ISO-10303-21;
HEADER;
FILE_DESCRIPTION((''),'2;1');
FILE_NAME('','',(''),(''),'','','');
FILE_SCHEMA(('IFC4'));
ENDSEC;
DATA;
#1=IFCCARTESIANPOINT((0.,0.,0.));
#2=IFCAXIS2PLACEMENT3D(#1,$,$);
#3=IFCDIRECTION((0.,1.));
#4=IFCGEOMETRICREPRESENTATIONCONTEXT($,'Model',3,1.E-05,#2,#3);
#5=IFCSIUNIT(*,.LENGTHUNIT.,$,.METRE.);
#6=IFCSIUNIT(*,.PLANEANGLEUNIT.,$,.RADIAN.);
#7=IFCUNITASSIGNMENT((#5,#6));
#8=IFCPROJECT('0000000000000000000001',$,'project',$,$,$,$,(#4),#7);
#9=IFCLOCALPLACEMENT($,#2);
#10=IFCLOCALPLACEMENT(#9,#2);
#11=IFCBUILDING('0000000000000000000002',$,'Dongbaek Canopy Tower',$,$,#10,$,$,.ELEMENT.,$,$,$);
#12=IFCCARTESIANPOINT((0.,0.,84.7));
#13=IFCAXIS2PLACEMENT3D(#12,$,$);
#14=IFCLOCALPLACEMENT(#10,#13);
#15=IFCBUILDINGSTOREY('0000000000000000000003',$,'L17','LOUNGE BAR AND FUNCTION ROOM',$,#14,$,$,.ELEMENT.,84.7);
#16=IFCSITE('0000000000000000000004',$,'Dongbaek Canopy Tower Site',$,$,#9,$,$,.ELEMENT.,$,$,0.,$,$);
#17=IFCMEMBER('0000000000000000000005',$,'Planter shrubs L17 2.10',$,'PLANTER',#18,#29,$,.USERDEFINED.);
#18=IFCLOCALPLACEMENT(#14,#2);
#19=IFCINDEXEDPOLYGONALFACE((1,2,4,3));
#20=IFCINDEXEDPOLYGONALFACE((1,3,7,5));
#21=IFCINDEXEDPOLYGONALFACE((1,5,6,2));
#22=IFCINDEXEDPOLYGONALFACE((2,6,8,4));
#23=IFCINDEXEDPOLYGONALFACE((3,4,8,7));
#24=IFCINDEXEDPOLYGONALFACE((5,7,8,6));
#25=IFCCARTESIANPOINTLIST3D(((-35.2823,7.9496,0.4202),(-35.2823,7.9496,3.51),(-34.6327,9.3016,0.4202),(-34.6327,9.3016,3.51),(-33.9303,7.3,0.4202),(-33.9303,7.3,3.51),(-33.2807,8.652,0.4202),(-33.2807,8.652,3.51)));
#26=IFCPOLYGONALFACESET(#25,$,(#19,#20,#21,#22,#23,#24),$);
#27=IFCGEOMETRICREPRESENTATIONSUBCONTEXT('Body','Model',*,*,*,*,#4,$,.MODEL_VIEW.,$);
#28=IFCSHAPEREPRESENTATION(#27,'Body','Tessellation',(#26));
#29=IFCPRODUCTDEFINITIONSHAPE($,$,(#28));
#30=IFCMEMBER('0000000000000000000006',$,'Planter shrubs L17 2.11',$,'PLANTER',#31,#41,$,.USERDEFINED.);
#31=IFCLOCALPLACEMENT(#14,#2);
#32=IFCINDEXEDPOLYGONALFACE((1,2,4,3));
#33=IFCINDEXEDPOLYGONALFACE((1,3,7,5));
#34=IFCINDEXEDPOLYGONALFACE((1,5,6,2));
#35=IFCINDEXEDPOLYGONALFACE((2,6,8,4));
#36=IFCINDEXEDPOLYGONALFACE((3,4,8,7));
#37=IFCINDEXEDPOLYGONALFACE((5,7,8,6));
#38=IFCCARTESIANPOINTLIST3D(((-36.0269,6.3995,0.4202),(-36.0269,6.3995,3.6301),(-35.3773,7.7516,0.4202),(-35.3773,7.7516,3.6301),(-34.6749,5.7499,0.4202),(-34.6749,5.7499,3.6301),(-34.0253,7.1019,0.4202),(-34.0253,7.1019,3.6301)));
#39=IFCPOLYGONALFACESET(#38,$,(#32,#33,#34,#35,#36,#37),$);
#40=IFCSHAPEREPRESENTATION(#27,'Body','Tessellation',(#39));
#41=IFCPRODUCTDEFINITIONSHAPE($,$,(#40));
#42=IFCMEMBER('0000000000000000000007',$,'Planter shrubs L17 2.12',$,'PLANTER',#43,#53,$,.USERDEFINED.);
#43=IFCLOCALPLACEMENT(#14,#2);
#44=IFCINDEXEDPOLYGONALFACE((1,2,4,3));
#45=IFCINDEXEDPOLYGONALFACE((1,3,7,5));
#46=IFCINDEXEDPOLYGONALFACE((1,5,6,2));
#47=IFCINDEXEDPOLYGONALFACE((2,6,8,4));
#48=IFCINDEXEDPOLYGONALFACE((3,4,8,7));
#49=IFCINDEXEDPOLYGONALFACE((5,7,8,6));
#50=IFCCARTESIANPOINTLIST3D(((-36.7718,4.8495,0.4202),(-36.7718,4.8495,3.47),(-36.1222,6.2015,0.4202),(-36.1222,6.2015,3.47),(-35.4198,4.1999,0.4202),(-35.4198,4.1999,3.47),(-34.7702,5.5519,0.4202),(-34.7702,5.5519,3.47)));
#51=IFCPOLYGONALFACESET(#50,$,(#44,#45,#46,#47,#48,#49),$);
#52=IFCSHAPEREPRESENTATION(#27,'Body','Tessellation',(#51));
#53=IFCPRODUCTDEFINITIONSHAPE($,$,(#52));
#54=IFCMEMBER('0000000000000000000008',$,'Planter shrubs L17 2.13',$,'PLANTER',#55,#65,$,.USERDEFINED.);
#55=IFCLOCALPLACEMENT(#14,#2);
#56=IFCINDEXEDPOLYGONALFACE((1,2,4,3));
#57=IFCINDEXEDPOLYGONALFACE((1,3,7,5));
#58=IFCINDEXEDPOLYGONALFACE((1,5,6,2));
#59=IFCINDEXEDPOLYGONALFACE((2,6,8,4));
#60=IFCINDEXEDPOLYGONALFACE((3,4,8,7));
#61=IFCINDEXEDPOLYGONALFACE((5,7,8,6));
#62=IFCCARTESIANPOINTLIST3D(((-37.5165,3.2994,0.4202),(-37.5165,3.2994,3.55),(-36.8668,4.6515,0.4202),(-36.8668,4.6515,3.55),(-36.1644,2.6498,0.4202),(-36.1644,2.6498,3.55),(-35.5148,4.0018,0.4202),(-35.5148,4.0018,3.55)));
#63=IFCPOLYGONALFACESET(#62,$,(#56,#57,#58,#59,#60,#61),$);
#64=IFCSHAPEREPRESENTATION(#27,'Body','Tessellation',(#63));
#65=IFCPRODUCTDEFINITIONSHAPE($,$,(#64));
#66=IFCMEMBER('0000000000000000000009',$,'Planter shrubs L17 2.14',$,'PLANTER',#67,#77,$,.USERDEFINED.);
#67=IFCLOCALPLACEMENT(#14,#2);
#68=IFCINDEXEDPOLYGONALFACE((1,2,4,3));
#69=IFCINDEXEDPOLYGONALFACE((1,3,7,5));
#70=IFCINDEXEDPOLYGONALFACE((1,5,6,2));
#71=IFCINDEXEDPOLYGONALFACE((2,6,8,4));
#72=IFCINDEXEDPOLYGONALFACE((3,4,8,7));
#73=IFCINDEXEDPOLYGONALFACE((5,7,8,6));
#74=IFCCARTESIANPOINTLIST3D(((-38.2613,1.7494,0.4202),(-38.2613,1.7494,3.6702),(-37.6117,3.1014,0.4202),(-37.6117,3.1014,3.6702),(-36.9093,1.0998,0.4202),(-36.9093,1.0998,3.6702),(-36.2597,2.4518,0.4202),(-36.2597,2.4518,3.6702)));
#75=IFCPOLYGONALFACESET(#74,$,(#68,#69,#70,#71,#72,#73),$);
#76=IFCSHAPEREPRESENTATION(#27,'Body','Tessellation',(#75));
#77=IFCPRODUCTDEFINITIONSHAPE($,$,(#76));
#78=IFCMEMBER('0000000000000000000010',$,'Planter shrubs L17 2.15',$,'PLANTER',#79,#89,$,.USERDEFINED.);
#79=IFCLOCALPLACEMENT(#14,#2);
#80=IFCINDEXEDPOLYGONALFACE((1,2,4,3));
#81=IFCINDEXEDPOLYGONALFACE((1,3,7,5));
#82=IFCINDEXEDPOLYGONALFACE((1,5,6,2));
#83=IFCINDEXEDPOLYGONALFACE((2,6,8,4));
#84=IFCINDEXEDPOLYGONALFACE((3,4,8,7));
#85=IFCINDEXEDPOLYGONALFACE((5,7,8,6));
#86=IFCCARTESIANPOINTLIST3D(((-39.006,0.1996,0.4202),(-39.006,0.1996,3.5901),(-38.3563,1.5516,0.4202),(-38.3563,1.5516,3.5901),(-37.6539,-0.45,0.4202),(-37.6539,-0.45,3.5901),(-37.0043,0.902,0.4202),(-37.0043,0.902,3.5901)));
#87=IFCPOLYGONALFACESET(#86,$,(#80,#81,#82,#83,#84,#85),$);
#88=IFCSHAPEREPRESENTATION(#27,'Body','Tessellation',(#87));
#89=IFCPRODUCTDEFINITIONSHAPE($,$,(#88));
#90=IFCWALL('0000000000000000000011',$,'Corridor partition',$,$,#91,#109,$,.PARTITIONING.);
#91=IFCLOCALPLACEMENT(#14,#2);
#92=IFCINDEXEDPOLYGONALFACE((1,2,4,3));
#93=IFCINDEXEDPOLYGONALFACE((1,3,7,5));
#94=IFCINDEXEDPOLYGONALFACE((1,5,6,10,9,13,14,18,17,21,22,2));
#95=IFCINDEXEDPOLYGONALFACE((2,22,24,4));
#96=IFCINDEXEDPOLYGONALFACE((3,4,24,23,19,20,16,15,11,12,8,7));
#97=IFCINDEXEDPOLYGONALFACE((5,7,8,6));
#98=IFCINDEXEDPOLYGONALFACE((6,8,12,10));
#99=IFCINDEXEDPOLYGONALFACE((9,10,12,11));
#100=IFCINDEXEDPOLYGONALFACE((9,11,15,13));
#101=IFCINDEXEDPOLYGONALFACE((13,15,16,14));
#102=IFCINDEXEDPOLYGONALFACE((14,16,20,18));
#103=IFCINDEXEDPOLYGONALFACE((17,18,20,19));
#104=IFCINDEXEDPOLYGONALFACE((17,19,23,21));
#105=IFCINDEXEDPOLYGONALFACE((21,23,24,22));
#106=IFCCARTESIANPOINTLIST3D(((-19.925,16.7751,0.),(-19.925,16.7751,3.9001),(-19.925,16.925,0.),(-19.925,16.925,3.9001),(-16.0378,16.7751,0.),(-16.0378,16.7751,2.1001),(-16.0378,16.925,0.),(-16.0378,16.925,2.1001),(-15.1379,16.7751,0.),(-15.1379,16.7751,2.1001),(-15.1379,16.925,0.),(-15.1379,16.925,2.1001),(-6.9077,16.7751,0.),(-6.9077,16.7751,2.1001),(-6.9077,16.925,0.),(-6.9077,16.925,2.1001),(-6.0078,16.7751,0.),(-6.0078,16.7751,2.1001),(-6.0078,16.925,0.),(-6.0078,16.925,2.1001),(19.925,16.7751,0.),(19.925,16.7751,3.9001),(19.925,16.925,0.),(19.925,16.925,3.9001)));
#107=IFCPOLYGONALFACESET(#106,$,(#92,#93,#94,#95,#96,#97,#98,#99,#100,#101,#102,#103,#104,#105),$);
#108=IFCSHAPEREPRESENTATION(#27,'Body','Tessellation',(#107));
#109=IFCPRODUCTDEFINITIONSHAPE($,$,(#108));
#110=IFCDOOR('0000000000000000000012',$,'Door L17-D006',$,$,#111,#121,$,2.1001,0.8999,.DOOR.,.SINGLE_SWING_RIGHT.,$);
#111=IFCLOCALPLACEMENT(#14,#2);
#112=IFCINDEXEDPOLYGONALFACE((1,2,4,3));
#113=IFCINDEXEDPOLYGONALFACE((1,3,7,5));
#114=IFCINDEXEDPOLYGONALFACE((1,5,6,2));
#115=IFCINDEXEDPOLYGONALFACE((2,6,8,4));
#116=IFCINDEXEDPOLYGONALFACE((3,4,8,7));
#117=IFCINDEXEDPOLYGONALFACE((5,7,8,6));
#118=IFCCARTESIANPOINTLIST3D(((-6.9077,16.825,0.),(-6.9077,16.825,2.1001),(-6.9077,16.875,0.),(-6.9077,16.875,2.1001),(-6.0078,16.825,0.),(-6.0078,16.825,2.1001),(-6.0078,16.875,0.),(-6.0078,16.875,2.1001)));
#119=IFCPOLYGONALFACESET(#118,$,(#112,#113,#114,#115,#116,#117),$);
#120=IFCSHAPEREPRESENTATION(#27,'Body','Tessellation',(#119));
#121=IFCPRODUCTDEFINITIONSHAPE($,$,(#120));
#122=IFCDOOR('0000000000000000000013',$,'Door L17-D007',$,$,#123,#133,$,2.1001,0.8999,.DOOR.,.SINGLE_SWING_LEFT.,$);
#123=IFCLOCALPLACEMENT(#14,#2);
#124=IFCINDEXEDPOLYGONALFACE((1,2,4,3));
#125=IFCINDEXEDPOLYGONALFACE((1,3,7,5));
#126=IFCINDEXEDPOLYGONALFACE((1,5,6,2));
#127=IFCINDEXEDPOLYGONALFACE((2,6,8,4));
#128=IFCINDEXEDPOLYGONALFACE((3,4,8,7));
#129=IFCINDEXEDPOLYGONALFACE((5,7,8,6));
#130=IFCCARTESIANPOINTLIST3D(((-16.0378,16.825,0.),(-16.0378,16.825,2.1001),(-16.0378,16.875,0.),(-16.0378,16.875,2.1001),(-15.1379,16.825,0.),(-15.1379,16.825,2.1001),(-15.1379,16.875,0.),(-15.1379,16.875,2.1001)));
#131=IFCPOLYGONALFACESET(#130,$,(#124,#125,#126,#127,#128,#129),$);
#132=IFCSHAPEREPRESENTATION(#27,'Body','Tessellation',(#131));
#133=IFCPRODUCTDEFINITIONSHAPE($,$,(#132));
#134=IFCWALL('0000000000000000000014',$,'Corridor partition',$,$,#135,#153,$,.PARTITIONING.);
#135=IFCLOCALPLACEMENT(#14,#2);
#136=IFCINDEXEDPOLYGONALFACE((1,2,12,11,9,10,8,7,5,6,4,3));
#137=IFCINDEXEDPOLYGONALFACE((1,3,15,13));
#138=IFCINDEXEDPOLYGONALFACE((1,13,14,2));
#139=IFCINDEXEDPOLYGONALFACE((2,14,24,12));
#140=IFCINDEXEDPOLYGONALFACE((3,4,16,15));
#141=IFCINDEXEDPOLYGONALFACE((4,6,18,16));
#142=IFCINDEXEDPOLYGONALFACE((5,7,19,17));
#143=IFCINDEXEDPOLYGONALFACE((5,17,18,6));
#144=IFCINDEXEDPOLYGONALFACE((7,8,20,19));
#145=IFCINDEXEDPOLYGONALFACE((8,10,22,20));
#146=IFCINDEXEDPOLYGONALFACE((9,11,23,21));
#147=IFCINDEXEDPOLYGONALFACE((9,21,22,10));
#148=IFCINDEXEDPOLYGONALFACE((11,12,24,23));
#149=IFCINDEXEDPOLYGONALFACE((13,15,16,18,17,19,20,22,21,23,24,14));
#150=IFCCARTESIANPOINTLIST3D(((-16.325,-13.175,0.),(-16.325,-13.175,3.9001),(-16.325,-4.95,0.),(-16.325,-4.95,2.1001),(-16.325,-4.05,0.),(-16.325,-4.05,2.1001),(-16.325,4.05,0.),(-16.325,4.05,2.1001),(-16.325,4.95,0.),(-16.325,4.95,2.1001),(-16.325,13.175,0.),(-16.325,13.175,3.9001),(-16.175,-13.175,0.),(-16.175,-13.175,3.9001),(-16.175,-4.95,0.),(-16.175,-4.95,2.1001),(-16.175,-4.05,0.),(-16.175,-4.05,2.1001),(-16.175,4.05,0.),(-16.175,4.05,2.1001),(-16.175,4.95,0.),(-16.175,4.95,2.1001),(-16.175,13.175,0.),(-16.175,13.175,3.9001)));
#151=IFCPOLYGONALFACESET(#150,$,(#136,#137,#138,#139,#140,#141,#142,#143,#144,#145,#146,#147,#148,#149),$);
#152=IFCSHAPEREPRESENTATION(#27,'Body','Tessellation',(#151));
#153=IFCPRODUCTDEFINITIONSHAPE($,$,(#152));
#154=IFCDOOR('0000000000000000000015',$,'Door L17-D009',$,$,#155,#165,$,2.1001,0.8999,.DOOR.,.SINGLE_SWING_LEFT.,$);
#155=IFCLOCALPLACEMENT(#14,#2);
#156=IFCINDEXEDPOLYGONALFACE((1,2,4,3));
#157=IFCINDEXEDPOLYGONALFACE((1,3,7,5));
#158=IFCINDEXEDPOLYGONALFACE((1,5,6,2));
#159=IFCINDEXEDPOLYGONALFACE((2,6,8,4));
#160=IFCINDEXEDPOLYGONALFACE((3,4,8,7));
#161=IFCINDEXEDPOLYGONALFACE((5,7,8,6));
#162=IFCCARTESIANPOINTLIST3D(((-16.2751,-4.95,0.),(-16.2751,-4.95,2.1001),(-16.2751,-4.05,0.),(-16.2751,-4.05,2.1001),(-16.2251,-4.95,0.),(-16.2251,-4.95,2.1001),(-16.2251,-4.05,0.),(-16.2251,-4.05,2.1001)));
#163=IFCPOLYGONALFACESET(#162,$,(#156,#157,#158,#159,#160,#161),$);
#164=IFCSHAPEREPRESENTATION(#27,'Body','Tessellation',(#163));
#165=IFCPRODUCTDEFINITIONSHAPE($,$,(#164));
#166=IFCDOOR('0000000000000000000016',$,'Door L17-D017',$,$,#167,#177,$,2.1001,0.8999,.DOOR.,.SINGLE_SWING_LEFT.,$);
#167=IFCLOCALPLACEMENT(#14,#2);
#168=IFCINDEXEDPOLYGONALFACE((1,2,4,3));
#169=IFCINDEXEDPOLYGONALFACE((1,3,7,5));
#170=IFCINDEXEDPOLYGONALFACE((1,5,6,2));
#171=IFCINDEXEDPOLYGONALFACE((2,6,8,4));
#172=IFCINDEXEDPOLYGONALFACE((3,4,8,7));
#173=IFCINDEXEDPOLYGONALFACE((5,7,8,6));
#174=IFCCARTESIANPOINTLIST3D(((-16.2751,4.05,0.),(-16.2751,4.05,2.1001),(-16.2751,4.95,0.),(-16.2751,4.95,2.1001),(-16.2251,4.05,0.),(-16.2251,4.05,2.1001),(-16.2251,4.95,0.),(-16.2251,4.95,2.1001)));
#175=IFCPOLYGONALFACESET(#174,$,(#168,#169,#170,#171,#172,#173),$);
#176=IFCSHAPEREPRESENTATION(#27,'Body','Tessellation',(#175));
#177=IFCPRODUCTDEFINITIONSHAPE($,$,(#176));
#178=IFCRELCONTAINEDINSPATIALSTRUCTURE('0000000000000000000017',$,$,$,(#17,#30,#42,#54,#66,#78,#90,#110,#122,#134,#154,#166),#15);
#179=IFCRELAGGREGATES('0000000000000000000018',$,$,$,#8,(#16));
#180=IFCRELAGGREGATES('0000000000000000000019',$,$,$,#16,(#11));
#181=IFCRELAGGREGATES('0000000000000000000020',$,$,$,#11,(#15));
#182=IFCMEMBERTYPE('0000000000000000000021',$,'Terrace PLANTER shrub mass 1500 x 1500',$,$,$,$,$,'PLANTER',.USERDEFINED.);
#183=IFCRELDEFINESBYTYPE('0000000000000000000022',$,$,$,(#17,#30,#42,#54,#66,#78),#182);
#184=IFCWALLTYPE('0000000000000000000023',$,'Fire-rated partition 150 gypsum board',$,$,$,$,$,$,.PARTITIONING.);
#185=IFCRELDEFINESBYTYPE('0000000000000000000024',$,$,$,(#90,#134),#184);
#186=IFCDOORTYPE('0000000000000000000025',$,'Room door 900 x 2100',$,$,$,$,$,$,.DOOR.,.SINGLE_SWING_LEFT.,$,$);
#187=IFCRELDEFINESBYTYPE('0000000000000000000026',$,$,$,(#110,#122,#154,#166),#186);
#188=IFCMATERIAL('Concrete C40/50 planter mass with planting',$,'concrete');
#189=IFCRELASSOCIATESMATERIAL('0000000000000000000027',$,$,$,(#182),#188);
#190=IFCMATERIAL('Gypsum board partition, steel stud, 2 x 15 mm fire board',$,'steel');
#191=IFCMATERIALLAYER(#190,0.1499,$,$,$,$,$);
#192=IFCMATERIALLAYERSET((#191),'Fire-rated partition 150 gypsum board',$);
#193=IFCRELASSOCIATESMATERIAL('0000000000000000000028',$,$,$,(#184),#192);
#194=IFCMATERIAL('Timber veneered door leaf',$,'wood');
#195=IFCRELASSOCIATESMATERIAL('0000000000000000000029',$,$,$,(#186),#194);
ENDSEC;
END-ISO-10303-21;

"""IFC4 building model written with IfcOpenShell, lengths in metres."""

from ifc_helpers import new_model, si_unit, direction, frame, frame_2d, origin, origin_2d, place, context, subcontext, project, spatial, rectangle, extrude, material, layer, layer_set, material_profile, profile_set, type_object, element, fill, save


model = new_model("IFC4")

# Units and contexts
model_context = context("Model", 3, precision=1e-05, world=origin(), true_north=direction((0.0, 1.0)))
body_context = subcontext(model_context, "Body", "Model", "MODEL_VIEW")
ifc_project = project(units=[si_unit("LENGTHUNIT", "METRE"), si_unit("PLANEANGLEUNIT", "RADIAN")], contexts=[model_context])

# Site, building, storey
site_placement = place(None, origin())
site = spatial("IfcSite", under=ifc_project, at=site_placement, Name="Dongbaek Canopy Tower Site", CompositionType="ELEMENT", RefElevation=0.0)
building_placement = place(site_placement, origin())
building = spatial("IfcBuilding", under=site, at=building_placement, Name="Dongbaek Canopy Tower", CompositionType="ELEMENT")
storey_placement = place(building_placement, frame((0.0, 0.0, 84.7)))
storey = spatial("IfcBuildingStorey", under=building, at=storey_placement, Name="L17", Description="LOUNGE BAR AND FUNCTION ROOM", CompositionType="ELEMENT", Elevation=84.7)

# Members
ifc_material_1 = material(Name="Concrete C40/50 planter mass with planting", Category="concrete")
ifc_material_profile_1 = material_profile(ifc_material_1, rectangle(XDim=1.5, YDim=1.5, at=origin_2d()), Name="Terrace PLANTER shrub mass 1500 x 1500")
ifc_profile_set_1 = profile_set([ifc_material_profile_1], Name="Concrete C40/50 planter mass with planting")
member_type = type_object("IfcMemberType", Name="Terrace PLANTER shrub mass 1500 x 1500", ElementType="PLANTER", PredefinedType="USERDEFINED", material=ifc_profile_set_1)
member_1_placement = place(storey_placement, frame((-34.2815, 8.3008, 0.4202), z_axis=(0.0, 0.0, 1.0), x_axis=(-0.901357, 0.433077, 0.0)))
element("IfcMember", 1, at=member_1_placement, inside=storey, type_object=member_type, Name="Planter shrubs L17 2.10", ObjectType="PLANTER", PredefinedType="USERDEFINED", context=body_context, shape_type="SweptSolid", body=[
    extrude(rectangle(XDim=1.5, YDim=1.5, at=origin_2d()), origin(), (0.0, 0.0, 1.0), 3.0898),
])
member_2_placement = place(storey_placement, frame((-35.0261, 6.7507, 0.4202), z_axis=(0.0, 0.0, 1.0), x_axis=(-0.901357, 0.433077, 0.0)))
element("IfcMember", 2, at=member_2_placement, inside=storey, type_object=member_type, Name="Planter shrubs L17 2.11", ObjectType="PLANTER", PredefinedType="USERDEFINED", context=body_context, shape_type="SweptSolid", body=[
    extrude(rectangle(XDim=1.5, YDim=1.5, at=origin_2d()), origin(), (0.0, 0.0, 1.0), 3.21),
])
member_3_placement = place(storey_placement, frame((-35.771, 5.2007, 0.4202), z_axis=(0.0, 0.0, 1.0), x_axis=(-0.901357, 0.433077, 0.0)))
element("IfcMember", 3, at=member_3_placement, inside=storey, type_object=member_type, Name="Planter shrubs L17 2.12", ObjectType="PLANTER", PredefinedType="USERDEFINED", context=body_context, shape_type="SweptSolid", body=[
    extrude(rectangle(XDim=1.5, YDim=1.5, at=origin_2d()), origin(), (0.0, 0.0, 1.0), 3.0498),
])
member_4_placement = place(storey_placement, frame((-36.5156, 3.6506, 0.4202), z_axis=(0.0, 0.0, 1.0), x_axis=(-0.901357, 0.433077, 0.0)))
element("IfcMember", 4, at=member_4_placement, inside=storey, type_object=member_type, Name="Planter shrubs L17 2.13", ObjectType="PLANTER", PredefinedType="USERDEFINED", context=body_context, shape_type="SweptSolid", body=[
    extrude(rectangle(XDim=1.5, YDim=1.5, at=origin_2d()), origin(), (0.0, 0.0, 1.0), 3.1299),
])
member_5_placement = place(storey_placement, frame((-37.2605, 2.1006, 0.4202), z_axis=(0.0, 0.0, 1.0), x_axis=(-0.901357, 0.433077, 0.0)))
element("IfcMember", 5, at=member_5_placement, inside=storey, type_object=member_type, Name="Planter shrubs L17 2.14", ObjectType="PLANTER", PredefinedType="USERDEFINED", context=body_context, shape_type="SweptSolid", body=[
    extrude(rectangle(XDim=1.5, YDim=1.5, at=origin_2d()), origin(), (0.0, 0.0, 1.0), 3.25),
])
member_6_placement = place(storey_placement, frame((-38.0051, 0.5508, 0.4202), z_axis=(0.0, 0.0, 1.0), x_axis=(-0.901357, 0.433077, 0.0)))
element("IfcMember", 6, at=member_6_placement, inside=storey, type_object=member_type, Name="Planter shrubs L17 2.15", ObjectType="PLANTER", PredefinedType="USERDEFINED", context=body_context, shape_type="SweptSolid", body=[
    extrude(rectangle(XDim=1.5, YDim=1.5, at=origin_2d()), origin(), (0.0, 0.0, 1.0), 3.1699),
])

# Walls, openings, doors
ifc_material_2 = material(Name="Gypsum board partition, steel stud, 2 x 15 mm fire board", Category="steel")
ifc_layer = layer(ifc_material_2, 0.1499)
ifc_layer_set = layer_set([ifc_layer], Name="Fire-rated partition 150 gypsum board")
wall_type = type_object("IfcWallType", Name="Fire-rated partition 150 gypsum board", PredefinedType="PARTITIONING", material=ifc_layer_set)
wall_1_placement = place(storey_placement, frame((-19.925, 16.8501, 0.0), z_axis=(0.0, 0.0, 1.0), x_axis=(1.0, 0.0, 0.0)))
wall_1 = element("IfcWall", 7, at=wall_1_placement, inside=storey, type_object=wall_type, Name="Corridor partition", PredefinedType="PARTITIONING", context=body_context, shape_type="SweptSolid", body=[
    extrude(rectangle(XDim=39.8501, YDim=0.1499, at=frame_2d((19.925, 0.0))), origin(), (0.0, 0.0, 1.0), 3.9001),
])
opening_1_placement = place(wall_1_placement, frame((13.0173, 0.0, 0.0)))
opening_1 = element("IfcOpeningElement", 8, at=opening_1_placement, cuts=wall_1, PredefinedType="OPENING", context=body_context, shape_type="SweptSolid", body=[
    extrude(rectangle(XDim=0.8999, YDim=2.1001, at=frame_2d((0.45, 1.05))), frame((0.0, 0.085, 0.0), z_axis=(0.0, -1.0, 0.0), x_axis=(1.0, 0.0, 0.0)), (0.0, 0.0, 1.0), 0.1699),
])
opening_2_placement = place(wall_1_placement, frame((3.8872, 0.0, 0.0)))
opening_2 = element("IfcOpeningElement", 9, at=opening_2_placement, cuts=wall_1, PredefinedType="OPENING", context=body_context, shape_type="SweptSolid", body=[
    extrude(rectangle(XDim=0.8999, YDim=2.1001, at=frame_2d((0.45, 1.05))), frame((0.0, 0.085, 0.0), z_axis=(0.0, -1.0, 0.0), x_axis=(1.0, 0.0, 0.0)), (0.0, 0.0, 1.0), 0.1699),
])
ifc_material_3 = material(Name="Timber veneered door leaf", Category="wood")
door_type = type_object("IfcDoorType", Name="Room door 900 x 2100", OperationType="SINGLE_SWING_LEFT", PredefinedType="DOOR", material=ifc_material_3)
door_1_placement = place(opening_1_placement, origin())
door_1 = element("IfcDoor", 10, at=door_1_placement, inside=storey, type_object=door_type, Name="Door L17-D006", OperationType="SINGLE_SWING_RIGHT", OverallHeight=2.1001, OverallWidth=0.8999, PredefinedType="DOOR", context=body_context, shape_type="SweptSolid", body=[
    extrude(rectangle(XDim=0.8999, YDim=2.1001, at=frame_2d((0.45, 1.05))), frame((0.0, 0.0249, 0.0), z_axis=(0.0, -1.0, 0.0), x_axis=(1.0, 0.0, 0.0)), (0.0, 0.0, 1.0), 0.05),
])
fill(opening_1, door_1)
door_2_placement = place(opening_2_placement, origin())
door_2 = element("IfcDoor", 11, at=door_2_placement, inside=storey, type_object=door_type, Name="Door L17-D007", OperationType="SINGLE_SWING_LEFT", OverallHeight=2.1001, OverallWidth=0.8999, PredefinedType="DOOR", context=body_context, shape_type="SweptSolid", body=[
    extrude(rectangle(XDim=0.8999, YDim=2.1001, at=frame_2d((0.45, 1.05))), frame((0.0, 0.0249, 0.0), z_axis=(0.0, -1.0, 0.0), x_axis=(1.0, 0.0, 0.0)), (0.0, 0.0, 1.0), 0.05),
])
fill(opening_2, door_2)
wall_2_placement = place(storey_placement, frame((-16.25, 13.175, 0.0), z_axis=(0.0, 0.0, 1.0), x_axis=(0.0, -1.0, 0.0)))
wall_2 = element("IfcWall", 12, at=wall_2_placement, inside=storey, type_object=wall_type, Name="Corridor partition", PredefinedType="PARTITIONING", context=body_context, shape_type="SweptSolid", body=[
    extrude(rectangle(XDim=26.3501, YDim=0.1499, at=frame_2d((13.175, 0.0))), origin(), (0.0, 0.0, 1.0), 3.9001),
])
opening_3_placement = place(wall_2_placement, frame((17.2251, 0.0, 0.0)))
opening_3 = element("IfcOpeningElement", 13, at=opening_3_placement, cuts=wall_2, PredefinedType="OPENING", context=body_context, shape_type="SweptSolid", body=[
    extrude(rectangle(XDim=0.8999, YDim=2.1001, at=frame_2d((0.45, 1.05))), frame((0.0, 0.085, 0.0), z_axis=(0.0, -1.0, 0.0), x_axis=(1.0, 0.0, 0.0)), (0.0, 0.0, 1.0), 0.1699),
])
opening_4_placement = place(wall_2_placement, frame((8.2251, 0.0, 0.0)))
opening_4 = element("IfcOpeningElement", 14, at=opening_4_placement, cuts=wall_2, PredefinedType="OPENING", context=body_context, shape_type="SweptSolid", body=[
    extrude(rectangle(XDim=0.8999, YDim=2.1001, at=frame_2d((0.45, 1.05))), frame((0.0, 0.085, 0.0), z_axis=(0.0, -1.0, 0.0), x_axis=(1.0, 0.0, 0.0)), (0.0, 0.0, 1.0), 0.1699),
])
door_3_placement = place(opening_3_placement, origin())
door_3 = element("IfcDoor", 15, at=door_3_placement, inside=storey, type_object=door_type, Name="Door L17-D009", OperationType="SINGLE_SWING_LEFT", OverallHeight=2.1001, OverallWidth=0.8999, PredefinedType="DOOR", context=body_context, shape_type="SweptSolid", body=[
    extrude(rectangle(XDim=0.8999, YDim=2.1001, at=frame_2d((0.45, 1.05))), frame((0.0, 0.0249, 0.0), z_axis=(0.0, -1.0, 0.0), x_axis=(1.0, 0.0, 0.0)), (0.0, 0.0, 1.0), 0.05),
])
fill(opening_3, door_3)
door_4_placement = place(opening_4_placement, origin())
door_4 = element("IfcDoor", 16, at=door_4_placement, inside=storey, type_object=door_type, Name="Door L17-D017", OperationType="SINGLE_SWING_LEFT", OverallHeight=2.1001, OverallWidth=0.8999, PredefinedType="DOOR", context=body_context, shape_type="SweptSolid", body=[
    extrude(rectangle(XDim=0.8999, YDim=2.1001, at=frame_2d((0.45, 1.05))), frame((0.0, 0.0249, 0.0), z_axis=(0.0, -1.0, 0.0), x_axis=(1.0, 0.0, 0.0)), (0.0, 0.0, 1.0), 0.05),
])
fill(opening_4, door_4)

save(model, "model.ifc")
